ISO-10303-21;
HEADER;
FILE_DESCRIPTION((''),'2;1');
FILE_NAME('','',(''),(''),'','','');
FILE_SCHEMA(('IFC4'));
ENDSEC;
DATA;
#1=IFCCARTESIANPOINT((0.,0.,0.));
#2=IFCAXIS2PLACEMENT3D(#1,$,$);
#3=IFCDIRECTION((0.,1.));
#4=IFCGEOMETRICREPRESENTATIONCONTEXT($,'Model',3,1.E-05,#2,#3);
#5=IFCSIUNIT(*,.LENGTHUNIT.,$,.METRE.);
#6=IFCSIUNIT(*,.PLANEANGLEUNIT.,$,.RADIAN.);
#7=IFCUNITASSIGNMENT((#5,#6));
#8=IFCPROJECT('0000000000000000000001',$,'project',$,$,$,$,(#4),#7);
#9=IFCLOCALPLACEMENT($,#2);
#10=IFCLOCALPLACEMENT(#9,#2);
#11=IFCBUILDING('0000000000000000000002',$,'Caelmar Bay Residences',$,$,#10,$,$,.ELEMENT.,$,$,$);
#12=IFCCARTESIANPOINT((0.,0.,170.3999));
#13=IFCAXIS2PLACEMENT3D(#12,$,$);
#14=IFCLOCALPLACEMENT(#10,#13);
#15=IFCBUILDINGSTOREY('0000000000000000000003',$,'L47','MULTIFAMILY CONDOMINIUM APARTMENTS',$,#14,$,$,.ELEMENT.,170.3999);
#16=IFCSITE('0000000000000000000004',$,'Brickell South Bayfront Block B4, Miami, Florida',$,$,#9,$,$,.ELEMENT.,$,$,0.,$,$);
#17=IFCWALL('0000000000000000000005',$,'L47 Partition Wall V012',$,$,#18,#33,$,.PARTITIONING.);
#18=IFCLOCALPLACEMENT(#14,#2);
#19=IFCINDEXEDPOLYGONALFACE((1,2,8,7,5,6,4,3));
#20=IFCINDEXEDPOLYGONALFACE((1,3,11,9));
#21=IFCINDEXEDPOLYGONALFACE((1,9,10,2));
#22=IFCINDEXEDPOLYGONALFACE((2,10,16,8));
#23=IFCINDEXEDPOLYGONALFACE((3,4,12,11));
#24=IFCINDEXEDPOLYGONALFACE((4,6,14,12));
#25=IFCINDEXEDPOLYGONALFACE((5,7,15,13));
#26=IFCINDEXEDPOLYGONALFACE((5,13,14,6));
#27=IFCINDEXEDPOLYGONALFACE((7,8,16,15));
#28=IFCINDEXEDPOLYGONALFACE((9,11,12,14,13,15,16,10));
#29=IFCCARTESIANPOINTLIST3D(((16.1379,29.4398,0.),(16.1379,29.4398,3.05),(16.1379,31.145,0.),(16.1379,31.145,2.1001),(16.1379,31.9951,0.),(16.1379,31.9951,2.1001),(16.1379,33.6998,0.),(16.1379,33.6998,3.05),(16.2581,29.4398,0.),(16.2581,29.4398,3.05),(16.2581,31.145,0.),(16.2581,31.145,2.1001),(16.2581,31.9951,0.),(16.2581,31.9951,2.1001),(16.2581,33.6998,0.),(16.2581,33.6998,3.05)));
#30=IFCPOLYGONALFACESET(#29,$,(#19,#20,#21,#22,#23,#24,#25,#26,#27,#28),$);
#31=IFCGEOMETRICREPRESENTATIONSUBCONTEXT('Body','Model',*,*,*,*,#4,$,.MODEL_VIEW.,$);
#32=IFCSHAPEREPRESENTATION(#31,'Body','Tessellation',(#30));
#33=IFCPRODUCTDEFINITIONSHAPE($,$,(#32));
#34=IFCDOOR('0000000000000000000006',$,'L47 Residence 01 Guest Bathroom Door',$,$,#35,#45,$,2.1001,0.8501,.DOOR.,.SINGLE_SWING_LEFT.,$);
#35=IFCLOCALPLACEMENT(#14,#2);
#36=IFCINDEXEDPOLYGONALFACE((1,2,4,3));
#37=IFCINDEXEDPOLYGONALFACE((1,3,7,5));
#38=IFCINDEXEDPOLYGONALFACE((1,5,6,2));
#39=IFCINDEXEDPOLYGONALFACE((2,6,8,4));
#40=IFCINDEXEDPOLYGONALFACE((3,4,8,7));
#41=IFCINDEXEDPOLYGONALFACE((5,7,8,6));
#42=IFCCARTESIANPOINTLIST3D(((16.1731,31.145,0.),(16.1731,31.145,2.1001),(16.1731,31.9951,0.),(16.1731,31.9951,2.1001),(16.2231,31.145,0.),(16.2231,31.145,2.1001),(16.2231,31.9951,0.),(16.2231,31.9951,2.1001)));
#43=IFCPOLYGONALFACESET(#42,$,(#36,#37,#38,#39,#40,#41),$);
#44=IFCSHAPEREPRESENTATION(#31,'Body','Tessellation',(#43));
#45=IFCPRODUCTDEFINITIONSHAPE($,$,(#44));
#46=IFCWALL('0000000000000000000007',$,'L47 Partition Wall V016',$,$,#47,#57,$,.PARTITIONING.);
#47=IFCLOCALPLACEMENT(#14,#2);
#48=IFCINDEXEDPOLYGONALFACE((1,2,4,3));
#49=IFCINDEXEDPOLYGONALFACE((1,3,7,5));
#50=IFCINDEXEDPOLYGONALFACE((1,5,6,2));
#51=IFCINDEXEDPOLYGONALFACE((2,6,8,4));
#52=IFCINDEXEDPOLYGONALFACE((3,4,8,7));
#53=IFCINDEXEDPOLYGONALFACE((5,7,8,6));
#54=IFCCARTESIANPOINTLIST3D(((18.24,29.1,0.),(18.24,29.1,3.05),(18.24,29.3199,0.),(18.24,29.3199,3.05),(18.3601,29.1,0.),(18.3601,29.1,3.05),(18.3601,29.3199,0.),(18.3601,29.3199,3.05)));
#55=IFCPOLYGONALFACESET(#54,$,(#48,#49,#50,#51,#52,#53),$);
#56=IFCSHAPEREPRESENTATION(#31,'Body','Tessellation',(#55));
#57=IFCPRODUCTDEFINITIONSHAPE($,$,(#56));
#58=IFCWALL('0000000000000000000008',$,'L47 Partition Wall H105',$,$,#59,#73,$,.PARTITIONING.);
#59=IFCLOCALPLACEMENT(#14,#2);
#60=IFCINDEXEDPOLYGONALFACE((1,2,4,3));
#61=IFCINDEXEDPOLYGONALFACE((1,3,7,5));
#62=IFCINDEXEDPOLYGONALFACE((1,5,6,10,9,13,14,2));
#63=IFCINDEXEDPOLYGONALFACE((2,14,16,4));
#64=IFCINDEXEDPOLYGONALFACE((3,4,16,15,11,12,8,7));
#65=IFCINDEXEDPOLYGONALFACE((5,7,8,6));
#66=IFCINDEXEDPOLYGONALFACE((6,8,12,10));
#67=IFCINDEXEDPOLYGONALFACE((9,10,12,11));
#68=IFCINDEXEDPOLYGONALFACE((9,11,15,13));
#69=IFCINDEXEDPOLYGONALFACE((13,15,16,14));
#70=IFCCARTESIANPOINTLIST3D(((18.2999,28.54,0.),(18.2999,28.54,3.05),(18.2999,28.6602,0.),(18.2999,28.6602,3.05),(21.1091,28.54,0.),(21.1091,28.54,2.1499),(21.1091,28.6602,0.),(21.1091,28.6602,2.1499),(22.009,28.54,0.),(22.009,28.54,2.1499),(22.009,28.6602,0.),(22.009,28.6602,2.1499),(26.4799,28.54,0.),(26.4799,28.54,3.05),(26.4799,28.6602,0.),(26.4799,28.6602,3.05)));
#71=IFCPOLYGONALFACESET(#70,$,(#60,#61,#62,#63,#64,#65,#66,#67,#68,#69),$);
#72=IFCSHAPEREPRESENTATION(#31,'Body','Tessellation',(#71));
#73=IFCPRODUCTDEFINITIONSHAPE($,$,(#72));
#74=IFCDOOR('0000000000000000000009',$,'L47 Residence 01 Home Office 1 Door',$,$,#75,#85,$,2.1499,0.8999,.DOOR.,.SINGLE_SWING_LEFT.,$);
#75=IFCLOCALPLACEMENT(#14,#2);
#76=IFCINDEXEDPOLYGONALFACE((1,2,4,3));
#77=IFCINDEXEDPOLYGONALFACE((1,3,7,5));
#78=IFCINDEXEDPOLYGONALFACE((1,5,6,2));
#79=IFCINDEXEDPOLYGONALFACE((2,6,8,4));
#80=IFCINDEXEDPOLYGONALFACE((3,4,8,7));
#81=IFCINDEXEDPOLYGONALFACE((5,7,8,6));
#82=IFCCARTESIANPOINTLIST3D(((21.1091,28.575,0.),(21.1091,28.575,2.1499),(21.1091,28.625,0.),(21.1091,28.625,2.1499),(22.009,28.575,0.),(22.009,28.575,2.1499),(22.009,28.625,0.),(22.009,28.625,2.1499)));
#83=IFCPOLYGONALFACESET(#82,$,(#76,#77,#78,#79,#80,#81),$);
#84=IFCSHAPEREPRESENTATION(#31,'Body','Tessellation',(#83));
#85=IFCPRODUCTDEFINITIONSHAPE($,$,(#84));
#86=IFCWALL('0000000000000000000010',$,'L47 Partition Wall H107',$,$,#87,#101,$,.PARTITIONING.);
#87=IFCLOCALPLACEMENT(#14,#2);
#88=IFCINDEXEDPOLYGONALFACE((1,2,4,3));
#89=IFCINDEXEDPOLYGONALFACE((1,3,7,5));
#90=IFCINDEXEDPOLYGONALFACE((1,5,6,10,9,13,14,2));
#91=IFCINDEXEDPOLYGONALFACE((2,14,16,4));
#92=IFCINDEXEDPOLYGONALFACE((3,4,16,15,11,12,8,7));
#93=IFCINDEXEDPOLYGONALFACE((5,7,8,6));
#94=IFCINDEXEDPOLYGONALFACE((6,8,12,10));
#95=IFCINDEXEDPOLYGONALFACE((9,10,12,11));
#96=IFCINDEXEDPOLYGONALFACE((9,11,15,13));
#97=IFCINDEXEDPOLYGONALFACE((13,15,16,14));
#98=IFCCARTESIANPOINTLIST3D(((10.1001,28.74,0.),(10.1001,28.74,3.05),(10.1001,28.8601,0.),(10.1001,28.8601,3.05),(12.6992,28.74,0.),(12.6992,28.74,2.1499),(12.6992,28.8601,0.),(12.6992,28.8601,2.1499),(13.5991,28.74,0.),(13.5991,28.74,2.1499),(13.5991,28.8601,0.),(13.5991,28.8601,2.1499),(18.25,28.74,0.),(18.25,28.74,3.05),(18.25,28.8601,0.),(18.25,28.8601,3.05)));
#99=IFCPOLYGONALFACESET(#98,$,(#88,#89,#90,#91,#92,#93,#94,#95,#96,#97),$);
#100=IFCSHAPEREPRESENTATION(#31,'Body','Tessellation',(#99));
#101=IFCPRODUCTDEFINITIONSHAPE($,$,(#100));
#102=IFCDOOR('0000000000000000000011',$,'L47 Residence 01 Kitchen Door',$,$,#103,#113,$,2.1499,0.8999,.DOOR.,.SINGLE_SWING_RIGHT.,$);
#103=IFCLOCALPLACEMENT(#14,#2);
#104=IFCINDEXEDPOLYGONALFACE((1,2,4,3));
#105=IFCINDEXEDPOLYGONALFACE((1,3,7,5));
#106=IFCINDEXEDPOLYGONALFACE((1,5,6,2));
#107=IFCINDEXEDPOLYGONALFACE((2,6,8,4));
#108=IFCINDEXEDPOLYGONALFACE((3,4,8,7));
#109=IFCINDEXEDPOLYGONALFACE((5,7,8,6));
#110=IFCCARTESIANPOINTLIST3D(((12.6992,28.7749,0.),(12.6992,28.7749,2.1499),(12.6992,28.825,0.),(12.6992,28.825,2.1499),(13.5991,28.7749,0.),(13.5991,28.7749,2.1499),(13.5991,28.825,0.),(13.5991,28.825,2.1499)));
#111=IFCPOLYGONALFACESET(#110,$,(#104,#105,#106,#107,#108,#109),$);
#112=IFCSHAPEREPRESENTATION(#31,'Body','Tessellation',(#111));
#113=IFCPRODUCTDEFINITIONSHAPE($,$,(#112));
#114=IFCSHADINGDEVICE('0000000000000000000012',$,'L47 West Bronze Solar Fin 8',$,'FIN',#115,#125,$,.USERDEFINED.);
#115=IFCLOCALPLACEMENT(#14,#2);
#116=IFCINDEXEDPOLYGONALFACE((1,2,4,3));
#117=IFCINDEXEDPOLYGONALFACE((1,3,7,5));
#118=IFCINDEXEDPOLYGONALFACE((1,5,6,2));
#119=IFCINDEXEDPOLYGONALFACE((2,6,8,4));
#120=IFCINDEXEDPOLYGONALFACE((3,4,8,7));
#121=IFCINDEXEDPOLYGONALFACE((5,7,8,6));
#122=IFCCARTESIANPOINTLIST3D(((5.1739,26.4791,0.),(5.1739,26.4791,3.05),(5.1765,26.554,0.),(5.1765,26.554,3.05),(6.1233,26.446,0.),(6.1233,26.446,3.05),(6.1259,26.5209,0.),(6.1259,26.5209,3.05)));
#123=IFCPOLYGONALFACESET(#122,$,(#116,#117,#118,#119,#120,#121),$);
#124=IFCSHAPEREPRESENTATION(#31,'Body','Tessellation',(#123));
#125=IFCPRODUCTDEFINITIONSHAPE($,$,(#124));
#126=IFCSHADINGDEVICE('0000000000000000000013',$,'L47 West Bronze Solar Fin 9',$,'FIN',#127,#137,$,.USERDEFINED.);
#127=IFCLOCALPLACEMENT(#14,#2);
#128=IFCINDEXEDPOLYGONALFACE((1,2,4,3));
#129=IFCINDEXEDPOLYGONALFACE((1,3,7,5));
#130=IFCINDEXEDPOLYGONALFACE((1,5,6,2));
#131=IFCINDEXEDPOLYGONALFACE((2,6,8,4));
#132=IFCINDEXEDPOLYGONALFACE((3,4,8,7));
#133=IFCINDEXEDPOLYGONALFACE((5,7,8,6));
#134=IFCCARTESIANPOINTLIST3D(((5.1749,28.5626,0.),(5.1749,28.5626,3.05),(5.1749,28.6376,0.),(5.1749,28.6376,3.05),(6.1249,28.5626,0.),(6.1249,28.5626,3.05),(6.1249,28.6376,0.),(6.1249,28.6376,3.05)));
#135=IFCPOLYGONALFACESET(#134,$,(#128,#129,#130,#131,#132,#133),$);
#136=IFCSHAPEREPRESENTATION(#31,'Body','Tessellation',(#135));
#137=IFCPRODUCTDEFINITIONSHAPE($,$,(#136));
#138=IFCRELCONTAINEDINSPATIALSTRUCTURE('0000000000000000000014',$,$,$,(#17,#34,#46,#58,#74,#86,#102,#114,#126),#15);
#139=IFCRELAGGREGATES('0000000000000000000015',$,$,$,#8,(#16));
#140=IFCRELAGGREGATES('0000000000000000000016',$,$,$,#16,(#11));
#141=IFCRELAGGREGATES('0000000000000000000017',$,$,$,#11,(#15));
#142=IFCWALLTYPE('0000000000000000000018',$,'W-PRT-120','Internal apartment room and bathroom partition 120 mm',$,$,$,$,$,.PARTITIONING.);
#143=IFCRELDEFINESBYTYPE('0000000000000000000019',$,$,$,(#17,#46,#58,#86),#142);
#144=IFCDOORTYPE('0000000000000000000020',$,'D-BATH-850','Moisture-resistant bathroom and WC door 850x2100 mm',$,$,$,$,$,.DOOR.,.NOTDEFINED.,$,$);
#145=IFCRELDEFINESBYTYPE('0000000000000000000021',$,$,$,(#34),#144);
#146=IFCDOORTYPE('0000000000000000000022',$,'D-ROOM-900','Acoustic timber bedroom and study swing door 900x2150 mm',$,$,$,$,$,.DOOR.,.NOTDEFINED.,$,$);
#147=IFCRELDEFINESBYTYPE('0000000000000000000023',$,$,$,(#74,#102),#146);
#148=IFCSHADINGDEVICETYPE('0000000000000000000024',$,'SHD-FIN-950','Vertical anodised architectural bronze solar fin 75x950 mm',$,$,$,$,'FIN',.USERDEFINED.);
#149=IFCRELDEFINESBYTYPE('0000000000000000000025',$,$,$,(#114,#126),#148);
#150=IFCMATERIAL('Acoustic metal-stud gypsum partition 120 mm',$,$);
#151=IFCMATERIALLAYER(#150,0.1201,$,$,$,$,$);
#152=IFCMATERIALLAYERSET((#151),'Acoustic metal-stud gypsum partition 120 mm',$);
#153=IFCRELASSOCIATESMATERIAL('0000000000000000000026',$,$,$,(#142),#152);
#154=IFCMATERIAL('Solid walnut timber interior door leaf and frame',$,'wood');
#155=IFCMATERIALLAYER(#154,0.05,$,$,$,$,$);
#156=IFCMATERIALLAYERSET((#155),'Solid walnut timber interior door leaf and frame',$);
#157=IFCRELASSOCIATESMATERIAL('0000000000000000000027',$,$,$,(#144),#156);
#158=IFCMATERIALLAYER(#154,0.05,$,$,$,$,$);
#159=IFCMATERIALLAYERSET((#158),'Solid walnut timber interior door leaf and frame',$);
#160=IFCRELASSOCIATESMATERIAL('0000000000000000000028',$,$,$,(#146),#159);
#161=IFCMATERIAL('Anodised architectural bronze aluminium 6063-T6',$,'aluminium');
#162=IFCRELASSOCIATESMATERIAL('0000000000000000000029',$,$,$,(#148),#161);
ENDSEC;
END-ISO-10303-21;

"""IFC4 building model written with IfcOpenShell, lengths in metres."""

from ifc_helpers import new_model, si_unit, direction, frame, frame_2d, origin, origin_2d, place, context, subcontext, project, spatial, rectangle, extrude, material, layer, layer_set, material_profile, profile_set, type_object, element, fill, save


model = new_model("IFC4")

# Units and contexts
model_context = context("Model", 3, precision=1e-05, world=origin(), true_north=direction((0.0, 1.0)))
body_context = subcontext(model_context, "Body", "Model", "MODEL_VIEW")
ifc_project = project(units=[si_unit("LENGTHUNIT", "METRE"), si_unit("PLANEANGLEUNIT", "RADIAN")], contexts=[model_context])

# Site, building, storey
site_placement = place(None, origin())
site = spatial("IfcSite", under=ifc_project, at=site_placement, Name="Brickell South Bayfront Block B4, Miami, Florida", CompositionType="ELEMENT", RefElevation=0.0)
building_placement = place(site_placement, origin())
building = spatial("IfcBuilding", under=site, at=building_placement, Name="Caelmar Bay Residences", CompositionType="ELEMENT")
storey_placement = place(building_placement, frame((0.0, 0.0, 170.3999)))
storey = spatial("IfcBuildingStorey", under=building, at=storey_placement, Name="L47", Description="MULTIFAMILY CONDOMINIUM APARTMENTS", CompositionType="ELEMENT", Elevation=170.3999)

# Shared definitions
ifc_material_1 = material(Name="Acoustic metal-stud gypsum partition 120 mm")
ifc_layer_1 = layer(ifc_material_1, 0.1201)
ifc_layer_set_1 = layer_set([ifc_layer_1], Name="Acoustic metal-stud gypsum partition 120 mm")
wall_type_1 = type_object("IfcWallType", Name="W-PRT-120", Description="Internal apartment room and bathroom partition 120 mm", PredefinedType="PARTITIONING", material=ifc_layer_set_1)

# Wall, opening, door
wall_1_placement = place(storey_placement, frame((16.198, 29.4399, 0.0), z_axis=(0.0, 0.0, 1.0), x_axis=(0.0, 1.0, 0.0)))
wall_1 = element("IfcWall", 1, at=wall_1_placement, inside=storey, type_object=wall_type_1, Name="L47 Partition Wall V012", PredefinedType="PARTITIONING", context=body_context, shape_type="SweptSolid", body=[
    extrude(rectangle(XDim=4.26, YDim=0.1201, at=frame_2d((2.1299, 0.0))), origin(), (0.0, 0.0, 1.0), 3.05),
])
opening_1_placement = place(wall_1_placement, frame((1.7051, 0.0, 0.0)))
opening_1 = element("IfcOpeningElement", 2, at=opening_1_placement, cuts=wall_1, PredefinedType="OPENING", context=body_context, shape_type="SweptSolid", body=[
    extrude(rectangle(XDim=0.8501, YDim=2.1001, at=frame_2d((0.425, 1.05))), frame((0.0, 0.0701, 0.0), z_axis=(0.0, -1.0, 0.0), x_axis=(1.0, 0.0, 0.0)), (0.0, 0.0, 1.0), 0.1401),
])
ifc_material_2 = material(Name="Solid walnut timber interior door leaf and frame", Category="wood")
ifc_layer_2 = layer(ifc_material_2, 0.05)
ifc_layer_set_2 = layer_set([ifc_layer_2], Name="Solid walnut timber interior door leaf and frame")
door_type_1 = type_object("IfcDoorType", Name="D-BATH-850", Description="Moisture-resistant bathroom and WC door 850x2100 mm", OperationType="NOTDEFINED", PredefinedType="DOOR", material=ifc_layer_set_2)
door_1_placement = place(opening_1_placement, origin())
door_1 = element("IfcDoor", 3, at=door_1_placement, inside=storey, type_object=door_type_1, Name="L47 Residence 01 Guest Bathroom Door", OperationType="SINGLE_SWING_LEFT", OverallHeight=2.1001, OverallWidth=0.8501, PredefinedType="DOOR", context=body_context, shape_type="SweptSolid", body=[
    extrude(rectangle(XDim=0.8501, YDim=2.1001, at=frame_2d((0.425, 1.05))), frame((0.0, 0.0249, 0.0), z_axis=(0.0, -1.0, 0.0), x_axis=(1.0, 0.0, 0.0)), (0.0, 0.0, 1.0), 0.05),
])
fill(opening_1, door_1)

# Wall
wall_2_placement = place(storey_placement, frame((18.3, 29.1001, 0.0), z_axis=(0.0, 0.0, 1.0), x_axis=(0.0, 1.0, 0.0)))
element("IfcWall", 4, at=wall_2_placement, inside=storey, type_object=wall_type_1, Name="L47 Partition Wall V016", PredefinedType="PARTITIONING", context=body_context, shape_type="SweptSolid", body=[
    extrude(rectangle(XDim=0.22, YDim=0.1201, at=frame_2d((0.1099, 0.0))), origin(), (0.0, 0.0, 1.0), 3.05),
])

# Walls, openings, doors
wall_3_placement = place(storey_placement, frame((18.3, 28.6001, 0.0), z_axis=(0.0, 0.0, 1.0), x_axis=(1.0, 0.0, 0.0)))
wall_3 = element("IfcWall", 5, at=wall_3_placement, inside=storey, type_object=wall_type_1, Name="L47 Partition Wall H105", PredefinedType="PARTITIONING", context=body_context, shape_type="SweptSolid", body=[
    extrude(rectangle(XDim=8.1799, YDim=0.1201, at=frame_2d((4.0898, 0.0))), origin(), (0.0, 0.0, 1.0), 3.05),
])
opening_2_placement = place(wall_3_placement, frame((2.8091, 0.0, 0.0)))
opening_2 = element("IfcOpeningElement", 6, at=opening_2_placement, cuts=wall_3, PredefinedType="OPENING", context=body_context, shape_type="SweptSolid", body=[
    extrude(rectangle(XDim=0.8999, YDim=2.1499, at=frame_2d((0.45, 1.075))), frame((0.0, 0.0701, 0.0), z_axis=(0.0, -1.0, 0.0), x_axis=(1.0, 0.0, 0.0)), (0.0, 0.0, 1.0), 0.1401),
])
ifc_layer_3 = layer(ifc_material_2, 0.05)
ifc_layer_set_3 = layer_set([ifc_layer_3], Name="Solid walnut timber interior door leaf and frame")
door_type_2 = type_object("IfcDoorType", Name="D-ROOM-900", Description="Acoustic timber bedroom and study swing door 900x2150 mm", OperationType="NOTDEFINED", PredefinedType="DOOR", material=ifc_layer_set_3)
door_2_placement = place(opening_2_placement, origin())
door_2 = element("IfcDoor", 7, at=door_2_placement, inside=storey, type_object=door_type_2, Name="L47 Residence 01 Home Office 1 Door", OperationType="SINGLE_SWING_LEFT", OverallHeight=2.1499, OverallWidth=0.8999, PredefinedType="DOOR", context=body_context, shape_type="SweptSolid", body=[
    extrude(rectangle(XDim=0.8999, YDim=2.1499, at=frame_2d((0.45, 1.075))), frame((0.0, 0.0249, 0.0), z_axis=(0.0, -1.0, 0.0), x_axis=(1.0, 0.0, 0.0)), (0.0, 0.0, 1.0), 0.05),
])
fill(opening_2, door_2)
wall_4_placement = place(storey_placement, frame((10.1001, 28.8, 0.0), z_axis=(0.0, 0.0, 1.0), x_axis=(1.0, 0.0, 0.0)))
wall_4 = element("IfcWall", 8, at=wall_4_placement, inside=storey, type_object=wall_type_1, Name="L47 Partition Wall H107", PredefinedType="PARTITIONING", context=body_context, shape_type="SweptSolid", body=[
    extrude(rectangle(XDim=8.1499, YDim=0.1201, at=frame_2d((4.075, 0.0))), origin(), (0.0, 0.0, 1.0), 3.05),
])
opening_3_placement = place(wall_4_placement, frame((2.5991, 0.0, 0.0)))
opening_3 = element("IfcOpeningElement", 9, at=opening_3_placement, cuts=wall_4, PredefinedType="OPENING", context=body_context, shape_type="SweptSolid", body=[
    extrude(rectangle(XDim=0.8999, YDim=2.1499, at=frame_2d((0.45, 1.075))), frame((0.0, 0.0701, 0.0), z_axis=(0.0, -1.0, 0.0), x_axis=(1.0, 0.0, 0.0)), (0.0, 0.0, 1.0), 0.1401),
])
door_3_placement = place(opening_3_placement, origin())
door_3 = element("IfcDoor", 10, at=door_3_placement, inside=storey, type_object=door_type_2, Name="L47 Residence 01 Kitchen Door", OperationType="SINGLE_SWING_RIGHT", OverallHeight=2.1499, OverallWidth=0.8999, PredefinedType="DOOR", context=body_context, shape_type="SweptSolid", body=[
    extrude(rectangle(XDim=0.8999, YDim=2.1499, at=frame_2d((0.45, 1.075))), frame((0.0, 0.0249, 0.0), z_axis=(0.0, -1.0, 0.0), x_axis=(1.0, 0.0, 0.0)), (0.0, 0.0, 1.0), 0.05),
])
fill(opening_3, door_3)

# Shading devices
ifc_material_3 = material(Name="Anodised architectural bronze aluminium 6063-T6", Category="aluminium")
ifc_material_profile_1 = material_profile(ifc_material_3, rectangle(XDim=0.075, YDim=0.95, at=origin_2d()), Name="BRONZE-FIN-75X950")
ifc_profile_set_1 = profile_set([ifc_material_profile_1], Name="Anodised architectural bronze aluminium 6063-T6")
shading_device_type = type_object("IfcShadingDeviceType", Name="SHD-FIN-950", Description="Vertical anodised architectural bronze solar fin 75x950 mm", ElementType="FIN", PredefinedType="USERDEFINED", material=ifc_profile_set_1)
for number, where, z_axis, x_axis, name in (
    (11, (5.6499, 26.5, 0.0), (0.0, 0.0, 1.0), (0.034899, 0.999391, 0.0), "L47 West Bronze Solar Fin 8"),
    (12, (5.6499, 28.6001, 0.0), (0.0, 0.0, 1.0), (0.0, 1.0, 0.0), "L47 West Bronze Solar Fin 9"),
):
    element("IfcShadingDevice", number, at=place(storey_placement, frame(where, z_axis=z_axis, x_axis=x_axis)), inside=storey, type_object=shading_device_type, Name=name, ObjectType="FIN", PredefinedType="USERDEFINED", context=body_context, shape_type="SweptSolid", body=[
        extrude(rectangle(XDim=0.075, YDim=0.95, at=origin_2d()), origin(), (0.0, 0.0, 1.0), 3.05),
    ])

save(model, "model.ifc")
